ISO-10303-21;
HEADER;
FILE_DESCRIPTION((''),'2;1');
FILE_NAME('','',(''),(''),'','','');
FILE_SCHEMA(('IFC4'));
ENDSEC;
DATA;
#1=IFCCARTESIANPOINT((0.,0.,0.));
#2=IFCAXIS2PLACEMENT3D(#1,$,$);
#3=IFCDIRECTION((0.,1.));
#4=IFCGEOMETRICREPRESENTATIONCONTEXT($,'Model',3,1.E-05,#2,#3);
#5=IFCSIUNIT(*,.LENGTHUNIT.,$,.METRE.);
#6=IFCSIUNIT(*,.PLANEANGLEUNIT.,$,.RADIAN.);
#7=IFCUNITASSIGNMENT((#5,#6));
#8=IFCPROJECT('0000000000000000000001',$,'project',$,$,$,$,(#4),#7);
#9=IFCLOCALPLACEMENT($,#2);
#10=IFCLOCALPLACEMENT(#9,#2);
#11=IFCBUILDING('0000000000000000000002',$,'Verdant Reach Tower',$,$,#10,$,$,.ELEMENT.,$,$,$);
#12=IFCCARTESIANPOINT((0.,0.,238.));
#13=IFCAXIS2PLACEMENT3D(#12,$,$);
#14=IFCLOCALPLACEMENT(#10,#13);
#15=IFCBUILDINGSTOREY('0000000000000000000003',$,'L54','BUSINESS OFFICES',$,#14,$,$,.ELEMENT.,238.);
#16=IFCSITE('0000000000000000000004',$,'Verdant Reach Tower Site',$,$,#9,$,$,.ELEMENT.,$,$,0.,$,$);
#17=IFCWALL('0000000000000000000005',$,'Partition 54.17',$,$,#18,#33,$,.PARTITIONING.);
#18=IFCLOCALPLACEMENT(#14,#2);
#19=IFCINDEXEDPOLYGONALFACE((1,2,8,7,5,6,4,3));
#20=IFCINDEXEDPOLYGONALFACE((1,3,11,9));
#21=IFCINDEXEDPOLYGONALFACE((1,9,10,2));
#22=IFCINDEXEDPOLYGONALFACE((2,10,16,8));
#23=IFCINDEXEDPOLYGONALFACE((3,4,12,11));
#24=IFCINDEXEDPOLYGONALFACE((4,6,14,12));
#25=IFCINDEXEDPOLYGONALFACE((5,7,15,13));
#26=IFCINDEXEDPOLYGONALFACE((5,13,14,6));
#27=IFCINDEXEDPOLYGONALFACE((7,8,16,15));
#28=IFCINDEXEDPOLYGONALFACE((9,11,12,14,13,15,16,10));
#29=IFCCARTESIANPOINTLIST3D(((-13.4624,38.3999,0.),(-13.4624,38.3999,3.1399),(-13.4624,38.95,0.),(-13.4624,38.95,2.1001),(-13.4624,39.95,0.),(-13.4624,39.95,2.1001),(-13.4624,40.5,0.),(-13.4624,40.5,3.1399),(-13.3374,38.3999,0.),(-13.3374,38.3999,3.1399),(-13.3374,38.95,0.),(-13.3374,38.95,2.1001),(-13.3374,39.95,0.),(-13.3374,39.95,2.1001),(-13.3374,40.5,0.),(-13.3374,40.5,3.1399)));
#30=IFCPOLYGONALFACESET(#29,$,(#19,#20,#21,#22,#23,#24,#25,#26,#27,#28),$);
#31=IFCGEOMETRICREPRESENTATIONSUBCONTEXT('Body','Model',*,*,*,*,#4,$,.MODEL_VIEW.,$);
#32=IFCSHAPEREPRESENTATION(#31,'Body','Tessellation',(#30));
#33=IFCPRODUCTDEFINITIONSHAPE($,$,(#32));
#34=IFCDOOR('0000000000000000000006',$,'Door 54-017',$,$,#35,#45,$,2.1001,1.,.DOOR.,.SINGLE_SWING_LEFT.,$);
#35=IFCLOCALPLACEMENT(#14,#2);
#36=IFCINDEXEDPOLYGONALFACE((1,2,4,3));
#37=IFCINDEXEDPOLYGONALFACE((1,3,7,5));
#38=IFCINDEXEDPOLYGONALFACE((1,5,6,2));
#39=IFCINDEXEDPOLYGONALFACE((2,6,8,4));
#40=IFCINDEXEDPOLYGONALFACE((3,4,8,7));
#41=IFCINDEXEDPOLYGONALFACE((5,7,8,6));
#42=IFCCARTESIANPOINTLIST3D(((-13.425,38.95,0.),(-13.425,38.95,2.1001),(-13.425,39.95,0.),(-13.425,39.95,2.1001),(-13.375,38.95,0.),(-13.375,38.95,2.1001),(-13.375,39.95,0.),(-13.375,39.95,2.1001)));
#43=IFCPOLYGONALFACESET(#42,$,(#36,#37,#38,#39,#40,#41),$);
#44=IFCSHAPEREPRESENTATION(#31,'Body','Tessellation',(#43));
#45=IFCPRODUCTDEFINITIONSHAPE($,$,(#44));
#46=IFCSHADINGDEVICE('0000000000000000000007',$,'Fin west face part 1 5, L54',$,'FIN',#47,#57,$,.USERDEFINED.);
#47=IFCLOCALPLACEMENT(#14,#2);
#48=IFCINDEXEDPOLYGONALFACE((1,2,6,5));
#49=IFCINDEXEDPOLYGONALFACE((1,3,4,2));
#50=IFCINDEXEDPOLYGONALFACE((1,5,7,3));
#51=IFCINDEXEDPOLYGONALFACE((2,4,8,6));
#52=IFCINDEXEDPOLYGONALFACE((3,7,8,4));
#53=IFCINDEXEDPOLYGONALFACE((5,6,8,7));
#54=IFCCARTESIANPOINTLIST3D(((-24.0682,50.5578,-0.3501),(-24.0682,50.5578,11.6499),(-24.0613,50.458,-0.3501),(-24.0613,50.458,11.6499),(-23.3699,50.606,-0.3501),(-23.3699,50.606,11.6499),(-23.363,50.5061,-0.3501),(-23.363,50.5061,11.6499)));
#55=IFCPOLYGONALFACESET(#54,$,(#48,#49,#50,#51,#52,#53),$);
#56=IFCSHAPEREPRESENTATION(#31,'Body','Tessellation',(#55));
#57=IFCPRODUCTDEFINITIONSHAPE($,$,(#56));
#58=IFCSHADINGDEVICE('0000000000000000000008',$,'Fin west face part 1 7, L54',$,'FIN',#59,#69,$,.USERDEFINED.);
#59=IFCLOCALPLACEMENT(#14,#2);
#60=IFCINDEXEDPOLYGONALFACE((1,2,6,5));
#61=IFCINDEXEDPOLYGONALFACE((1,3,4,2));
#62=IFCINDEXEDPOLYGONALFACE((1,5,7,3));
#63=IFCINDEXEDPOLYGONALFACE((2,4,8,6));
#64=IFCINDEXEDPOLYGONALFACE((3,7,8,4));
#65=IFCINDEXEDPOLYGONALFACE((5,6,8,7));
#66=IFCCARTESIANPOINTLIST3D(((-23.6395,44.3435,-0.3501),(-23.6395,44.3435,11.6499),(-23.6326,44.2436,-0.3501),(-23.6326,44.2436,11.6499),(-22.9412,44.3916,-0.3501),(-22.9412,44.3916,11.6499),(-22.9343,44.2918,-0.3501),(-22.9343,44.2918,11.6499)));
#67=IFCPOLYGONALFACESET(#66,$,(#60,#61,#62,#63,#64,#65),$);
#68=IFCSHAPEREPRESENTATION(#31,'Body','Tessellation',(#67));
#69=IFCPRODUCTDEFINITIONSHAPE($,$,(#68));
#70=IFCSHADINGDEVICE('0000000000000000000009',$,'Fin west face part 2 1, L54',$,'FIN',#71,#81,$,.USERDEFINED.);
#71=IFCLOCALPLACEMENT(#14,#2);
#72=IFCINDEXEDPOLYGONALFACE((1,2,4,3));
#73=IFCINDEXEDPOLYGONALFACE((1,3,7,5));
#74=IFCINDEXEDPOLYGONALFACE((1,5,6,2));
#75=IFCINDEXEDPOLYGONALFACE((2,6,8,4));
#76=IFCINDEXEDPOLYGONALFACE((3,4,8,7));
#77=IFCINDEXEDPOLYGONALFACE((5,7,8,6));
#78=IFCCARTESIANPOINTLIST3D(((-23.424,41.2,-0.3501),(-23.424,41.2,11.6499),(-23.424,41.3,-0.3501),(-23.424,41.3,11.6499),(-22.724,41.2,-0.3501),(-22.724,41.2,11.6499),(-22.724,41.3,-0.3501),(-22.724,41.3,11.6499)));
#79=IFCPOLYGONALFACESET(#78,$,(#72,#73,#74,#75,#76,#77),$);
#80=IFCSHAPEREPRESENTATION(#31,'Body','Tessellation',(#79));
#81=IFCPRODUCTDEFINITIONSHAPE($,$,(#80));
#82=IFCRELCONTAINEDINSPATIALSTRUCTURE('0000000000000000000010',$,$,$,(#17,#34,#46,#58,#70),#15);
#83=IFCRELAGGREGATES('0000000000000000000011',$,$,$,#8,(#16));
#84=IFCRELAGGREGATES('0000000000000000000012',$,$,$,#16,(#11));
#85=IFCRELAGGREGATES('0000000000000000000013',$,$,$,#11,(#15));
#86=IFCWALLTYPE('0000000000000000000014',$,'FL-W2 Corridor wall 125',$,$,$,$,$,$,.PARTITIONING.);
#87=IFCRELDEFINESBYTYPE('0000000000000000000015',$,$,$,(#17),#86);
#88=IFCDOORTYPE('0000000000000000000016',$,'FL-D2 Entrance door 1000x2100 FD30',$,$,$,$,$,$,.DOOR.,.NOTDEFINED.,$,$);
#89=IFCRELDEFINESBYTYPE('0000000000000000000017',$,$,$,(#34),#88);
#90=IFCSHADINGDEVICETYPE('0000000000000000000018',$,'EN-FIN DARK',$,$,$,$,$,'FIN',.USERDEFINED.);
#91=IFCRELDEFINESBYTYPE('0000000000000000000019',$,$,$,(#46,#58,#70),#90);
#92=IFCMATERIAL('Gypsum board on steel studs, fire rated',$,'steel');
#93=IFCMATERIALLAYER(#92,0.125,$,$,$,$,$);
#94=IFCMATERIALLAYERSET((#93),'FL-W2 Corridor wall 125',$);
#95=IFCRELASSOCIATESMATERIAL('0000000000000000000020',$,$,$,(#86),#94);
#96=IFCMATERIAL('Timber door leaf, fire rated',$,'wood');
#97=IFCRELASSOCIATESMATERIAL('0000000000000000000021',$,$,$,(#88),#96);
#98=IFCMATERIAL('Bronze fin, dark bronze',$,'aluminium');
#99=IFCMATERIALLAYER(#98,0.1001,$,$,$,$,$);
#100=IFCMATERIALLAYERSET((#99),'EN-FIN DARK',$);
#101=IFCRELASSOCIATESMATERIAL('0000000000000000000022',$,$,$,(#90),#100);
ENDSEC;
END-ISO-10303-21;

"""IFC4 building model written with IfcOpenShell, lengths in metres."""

from ifc_helpers import new_model, si_unit, direction, frame, frame_2d, origin, origin_2d, place, context, subcontext, project, spatial, rectangle, extrude, material, layer, layer_set, type_object, element, fill, save


model = new_model("IFC4")

# Units and contexts
model_context = context("Model", 3, precision=1e-05, world=origin(), true_north=direction((0.0, 1.0)))
body_context = subcontext(model_context, "Body", "Model", "MODEL_VIEW")
ifc_project = project(units=[si_unit("LENGTHUNIT", "METRE"), si_unit("PLANEANGLEUNIT", "RADIAN")], contexts=[model_context])

# Site, building, storey
site_placement = place(None, origin())
site = spatial("IfcSite", under=ifc_project, at=site_placement, Name="Verdant Reach Tower Site", CompositionType="ELEMENT", RefElevation=0.0)
building_placement = place(site_placement, origin())
building = spatial("IfcBuilding", under=site, at=building_placement, Name="Verdant Reach Tower", CompositionType="ELEMENT")
storey_placement = place(building_placement, frame((0.0, 0.0, 238.0)))
storey = spatial("IfcBuildingStorey", under=building, at=storey_placement, Name="L54", Description="BUSINESS OFFICES", CompositionType="ELEMENT", Elevation=238.0)

# Wall, opening, door
ifc_material_1 = material(Name="Gypsum board on steel studs, fire rated", Category="steel")
ifc_layer_1 = layer(ifc_material_1, 0.125)
ifc_layer_set_1 = layer_set([ifc_layer_1], Name="FL-W2 Corridor wall 125")
wall_type_1 = type_object("IfcWallType", Name="FL-W2 Corridor wall 125", PredefinedType="PARTITIONING", material=ifc_layer_set_1)
ifc_material_2 = material(Name="Timber door leaf, fire rated", Category="wood")
door_type = type_object("IfcDoorType", Name="FL-D2 Entrance door 1000x2100 FD30", OperationType="NOTDEFINED", PredefinedType="DOOR", material=ifc_material_2)
wall_1_placement = place(storey_placement, frame((-13.3999, 40.5, 0.0), z_axis=(0.0, 0.0, 1.0), x_axis=(0.0, -1.0, 0.0)))
wall_1 = element("IfcWall", 1, at=wall_1_placement, inside=storey, type_object=wall_type_1, Name="Partition 54.17", PredefinedType="PARTITIONING", context=body_context, shape_type="SweptSolid", body=[
    extrude(rectangle(XDim=2.1001, YDim=0.125, at=frame_2d((1.05, 0.0))), origin(), (0.0, 0.0, 1.0), 3.1399),
])
opening_1_placement = place(wall_1_placement, frame((0.55, 0.0, 0.0)))
opening_1 = element("IfcOpeningElement", 2, at=opening_1_placement, cuts=wall_1, PredefinedType="OPENING", context=body_context, shape_type="SweptSolid", body=[
    extrude(rectangle(XDim=1.0, YDim=2.1001, at=frame_2d((0.5, 1.05))), frame((0.0, 0.0725, 0.0), z_axis=(0.0, -1.0, 0.0), x_axis=(1.0, 0.0, 0.0)), (0.0, 0.0, 1.0), 0.145),
])
door_1_placement = place(opening_1_placement, origin())
door_1 = element("IfcDoor", 3, at=door_1_placement, inside=storey, type_object=door_type, Name="Door 54-017", OperationType="SINGLE_SWING_LEFT", OverallHeight=2.1001, OverallWidth=1.0, PredefinedType="DOOR", context=body_context, shape_type="SweptSolid", body=[
    extrude(rectangle(XDim=1.0, YDim=2.1001, at=frame_2d((0.5, 1.05))), frame((0.0, 0.0249, 0.0), z_axis=(0.0, -1.0, 0.0), x_axis=(1.0, 0.0, 0.0)), (0.0, 0.0, 1.0), 0.05),
])
fill(opening_1, door_1)

# Shading devices
ifc_material_3 = material(Name="Bronze fin, dark bronze", Category="aluminium")
ifc_layer_2 = layer(ifc_material_3, 0.1001)
ifc_layer_set_2 = layer_set([ifc_layer_2], Name="EN-FIN DARK")
shading_device_type = type_object("IfcShadingDeviceType", Name="EN-FIN DARK", ElementType="FIN", PredefinedType="USERDEFINED", material=ifc_layer_set_2)
for number, where, z_axis, x_axis, name in (
    (4, (-23.7156, 50.532, -0.3501), (0.0, 0.0, 1.0), (0.068802, -0.99763, 0.0), "Fin west face part 1 5, L54"),
    (5, (-23.2869, 44.3176, -0.3501), (0.0, 0.0, 1.0), (0.068802, -0.99763, 0.0), "Fin west face part 1 7, L54"),
    (6, (-23.074, 41.25, -0.3501), (0.0, 0.0, 1.0), (0.0, -1.0, 0.0), "Fin west face part 2 1, L54"),
):
    element("IfcShadingDevice", number, at=place(storey_placement, frame(where, z_axis=z_axis, x_axis=x_axis)), inside=storey, type_object=shading_device_type, Name=name, ObjectType="FIN", PredefinedType="USERDEFINED", context=body_context, shape_type="SweptSolid", body=[
        extrude(rectangle(XDim=0.1001, YDim=0.7, at=origin_2d()), origin(), (0.0, 0.0, 1.0), 12.0),
    ])

save(model, "model.ifc")
